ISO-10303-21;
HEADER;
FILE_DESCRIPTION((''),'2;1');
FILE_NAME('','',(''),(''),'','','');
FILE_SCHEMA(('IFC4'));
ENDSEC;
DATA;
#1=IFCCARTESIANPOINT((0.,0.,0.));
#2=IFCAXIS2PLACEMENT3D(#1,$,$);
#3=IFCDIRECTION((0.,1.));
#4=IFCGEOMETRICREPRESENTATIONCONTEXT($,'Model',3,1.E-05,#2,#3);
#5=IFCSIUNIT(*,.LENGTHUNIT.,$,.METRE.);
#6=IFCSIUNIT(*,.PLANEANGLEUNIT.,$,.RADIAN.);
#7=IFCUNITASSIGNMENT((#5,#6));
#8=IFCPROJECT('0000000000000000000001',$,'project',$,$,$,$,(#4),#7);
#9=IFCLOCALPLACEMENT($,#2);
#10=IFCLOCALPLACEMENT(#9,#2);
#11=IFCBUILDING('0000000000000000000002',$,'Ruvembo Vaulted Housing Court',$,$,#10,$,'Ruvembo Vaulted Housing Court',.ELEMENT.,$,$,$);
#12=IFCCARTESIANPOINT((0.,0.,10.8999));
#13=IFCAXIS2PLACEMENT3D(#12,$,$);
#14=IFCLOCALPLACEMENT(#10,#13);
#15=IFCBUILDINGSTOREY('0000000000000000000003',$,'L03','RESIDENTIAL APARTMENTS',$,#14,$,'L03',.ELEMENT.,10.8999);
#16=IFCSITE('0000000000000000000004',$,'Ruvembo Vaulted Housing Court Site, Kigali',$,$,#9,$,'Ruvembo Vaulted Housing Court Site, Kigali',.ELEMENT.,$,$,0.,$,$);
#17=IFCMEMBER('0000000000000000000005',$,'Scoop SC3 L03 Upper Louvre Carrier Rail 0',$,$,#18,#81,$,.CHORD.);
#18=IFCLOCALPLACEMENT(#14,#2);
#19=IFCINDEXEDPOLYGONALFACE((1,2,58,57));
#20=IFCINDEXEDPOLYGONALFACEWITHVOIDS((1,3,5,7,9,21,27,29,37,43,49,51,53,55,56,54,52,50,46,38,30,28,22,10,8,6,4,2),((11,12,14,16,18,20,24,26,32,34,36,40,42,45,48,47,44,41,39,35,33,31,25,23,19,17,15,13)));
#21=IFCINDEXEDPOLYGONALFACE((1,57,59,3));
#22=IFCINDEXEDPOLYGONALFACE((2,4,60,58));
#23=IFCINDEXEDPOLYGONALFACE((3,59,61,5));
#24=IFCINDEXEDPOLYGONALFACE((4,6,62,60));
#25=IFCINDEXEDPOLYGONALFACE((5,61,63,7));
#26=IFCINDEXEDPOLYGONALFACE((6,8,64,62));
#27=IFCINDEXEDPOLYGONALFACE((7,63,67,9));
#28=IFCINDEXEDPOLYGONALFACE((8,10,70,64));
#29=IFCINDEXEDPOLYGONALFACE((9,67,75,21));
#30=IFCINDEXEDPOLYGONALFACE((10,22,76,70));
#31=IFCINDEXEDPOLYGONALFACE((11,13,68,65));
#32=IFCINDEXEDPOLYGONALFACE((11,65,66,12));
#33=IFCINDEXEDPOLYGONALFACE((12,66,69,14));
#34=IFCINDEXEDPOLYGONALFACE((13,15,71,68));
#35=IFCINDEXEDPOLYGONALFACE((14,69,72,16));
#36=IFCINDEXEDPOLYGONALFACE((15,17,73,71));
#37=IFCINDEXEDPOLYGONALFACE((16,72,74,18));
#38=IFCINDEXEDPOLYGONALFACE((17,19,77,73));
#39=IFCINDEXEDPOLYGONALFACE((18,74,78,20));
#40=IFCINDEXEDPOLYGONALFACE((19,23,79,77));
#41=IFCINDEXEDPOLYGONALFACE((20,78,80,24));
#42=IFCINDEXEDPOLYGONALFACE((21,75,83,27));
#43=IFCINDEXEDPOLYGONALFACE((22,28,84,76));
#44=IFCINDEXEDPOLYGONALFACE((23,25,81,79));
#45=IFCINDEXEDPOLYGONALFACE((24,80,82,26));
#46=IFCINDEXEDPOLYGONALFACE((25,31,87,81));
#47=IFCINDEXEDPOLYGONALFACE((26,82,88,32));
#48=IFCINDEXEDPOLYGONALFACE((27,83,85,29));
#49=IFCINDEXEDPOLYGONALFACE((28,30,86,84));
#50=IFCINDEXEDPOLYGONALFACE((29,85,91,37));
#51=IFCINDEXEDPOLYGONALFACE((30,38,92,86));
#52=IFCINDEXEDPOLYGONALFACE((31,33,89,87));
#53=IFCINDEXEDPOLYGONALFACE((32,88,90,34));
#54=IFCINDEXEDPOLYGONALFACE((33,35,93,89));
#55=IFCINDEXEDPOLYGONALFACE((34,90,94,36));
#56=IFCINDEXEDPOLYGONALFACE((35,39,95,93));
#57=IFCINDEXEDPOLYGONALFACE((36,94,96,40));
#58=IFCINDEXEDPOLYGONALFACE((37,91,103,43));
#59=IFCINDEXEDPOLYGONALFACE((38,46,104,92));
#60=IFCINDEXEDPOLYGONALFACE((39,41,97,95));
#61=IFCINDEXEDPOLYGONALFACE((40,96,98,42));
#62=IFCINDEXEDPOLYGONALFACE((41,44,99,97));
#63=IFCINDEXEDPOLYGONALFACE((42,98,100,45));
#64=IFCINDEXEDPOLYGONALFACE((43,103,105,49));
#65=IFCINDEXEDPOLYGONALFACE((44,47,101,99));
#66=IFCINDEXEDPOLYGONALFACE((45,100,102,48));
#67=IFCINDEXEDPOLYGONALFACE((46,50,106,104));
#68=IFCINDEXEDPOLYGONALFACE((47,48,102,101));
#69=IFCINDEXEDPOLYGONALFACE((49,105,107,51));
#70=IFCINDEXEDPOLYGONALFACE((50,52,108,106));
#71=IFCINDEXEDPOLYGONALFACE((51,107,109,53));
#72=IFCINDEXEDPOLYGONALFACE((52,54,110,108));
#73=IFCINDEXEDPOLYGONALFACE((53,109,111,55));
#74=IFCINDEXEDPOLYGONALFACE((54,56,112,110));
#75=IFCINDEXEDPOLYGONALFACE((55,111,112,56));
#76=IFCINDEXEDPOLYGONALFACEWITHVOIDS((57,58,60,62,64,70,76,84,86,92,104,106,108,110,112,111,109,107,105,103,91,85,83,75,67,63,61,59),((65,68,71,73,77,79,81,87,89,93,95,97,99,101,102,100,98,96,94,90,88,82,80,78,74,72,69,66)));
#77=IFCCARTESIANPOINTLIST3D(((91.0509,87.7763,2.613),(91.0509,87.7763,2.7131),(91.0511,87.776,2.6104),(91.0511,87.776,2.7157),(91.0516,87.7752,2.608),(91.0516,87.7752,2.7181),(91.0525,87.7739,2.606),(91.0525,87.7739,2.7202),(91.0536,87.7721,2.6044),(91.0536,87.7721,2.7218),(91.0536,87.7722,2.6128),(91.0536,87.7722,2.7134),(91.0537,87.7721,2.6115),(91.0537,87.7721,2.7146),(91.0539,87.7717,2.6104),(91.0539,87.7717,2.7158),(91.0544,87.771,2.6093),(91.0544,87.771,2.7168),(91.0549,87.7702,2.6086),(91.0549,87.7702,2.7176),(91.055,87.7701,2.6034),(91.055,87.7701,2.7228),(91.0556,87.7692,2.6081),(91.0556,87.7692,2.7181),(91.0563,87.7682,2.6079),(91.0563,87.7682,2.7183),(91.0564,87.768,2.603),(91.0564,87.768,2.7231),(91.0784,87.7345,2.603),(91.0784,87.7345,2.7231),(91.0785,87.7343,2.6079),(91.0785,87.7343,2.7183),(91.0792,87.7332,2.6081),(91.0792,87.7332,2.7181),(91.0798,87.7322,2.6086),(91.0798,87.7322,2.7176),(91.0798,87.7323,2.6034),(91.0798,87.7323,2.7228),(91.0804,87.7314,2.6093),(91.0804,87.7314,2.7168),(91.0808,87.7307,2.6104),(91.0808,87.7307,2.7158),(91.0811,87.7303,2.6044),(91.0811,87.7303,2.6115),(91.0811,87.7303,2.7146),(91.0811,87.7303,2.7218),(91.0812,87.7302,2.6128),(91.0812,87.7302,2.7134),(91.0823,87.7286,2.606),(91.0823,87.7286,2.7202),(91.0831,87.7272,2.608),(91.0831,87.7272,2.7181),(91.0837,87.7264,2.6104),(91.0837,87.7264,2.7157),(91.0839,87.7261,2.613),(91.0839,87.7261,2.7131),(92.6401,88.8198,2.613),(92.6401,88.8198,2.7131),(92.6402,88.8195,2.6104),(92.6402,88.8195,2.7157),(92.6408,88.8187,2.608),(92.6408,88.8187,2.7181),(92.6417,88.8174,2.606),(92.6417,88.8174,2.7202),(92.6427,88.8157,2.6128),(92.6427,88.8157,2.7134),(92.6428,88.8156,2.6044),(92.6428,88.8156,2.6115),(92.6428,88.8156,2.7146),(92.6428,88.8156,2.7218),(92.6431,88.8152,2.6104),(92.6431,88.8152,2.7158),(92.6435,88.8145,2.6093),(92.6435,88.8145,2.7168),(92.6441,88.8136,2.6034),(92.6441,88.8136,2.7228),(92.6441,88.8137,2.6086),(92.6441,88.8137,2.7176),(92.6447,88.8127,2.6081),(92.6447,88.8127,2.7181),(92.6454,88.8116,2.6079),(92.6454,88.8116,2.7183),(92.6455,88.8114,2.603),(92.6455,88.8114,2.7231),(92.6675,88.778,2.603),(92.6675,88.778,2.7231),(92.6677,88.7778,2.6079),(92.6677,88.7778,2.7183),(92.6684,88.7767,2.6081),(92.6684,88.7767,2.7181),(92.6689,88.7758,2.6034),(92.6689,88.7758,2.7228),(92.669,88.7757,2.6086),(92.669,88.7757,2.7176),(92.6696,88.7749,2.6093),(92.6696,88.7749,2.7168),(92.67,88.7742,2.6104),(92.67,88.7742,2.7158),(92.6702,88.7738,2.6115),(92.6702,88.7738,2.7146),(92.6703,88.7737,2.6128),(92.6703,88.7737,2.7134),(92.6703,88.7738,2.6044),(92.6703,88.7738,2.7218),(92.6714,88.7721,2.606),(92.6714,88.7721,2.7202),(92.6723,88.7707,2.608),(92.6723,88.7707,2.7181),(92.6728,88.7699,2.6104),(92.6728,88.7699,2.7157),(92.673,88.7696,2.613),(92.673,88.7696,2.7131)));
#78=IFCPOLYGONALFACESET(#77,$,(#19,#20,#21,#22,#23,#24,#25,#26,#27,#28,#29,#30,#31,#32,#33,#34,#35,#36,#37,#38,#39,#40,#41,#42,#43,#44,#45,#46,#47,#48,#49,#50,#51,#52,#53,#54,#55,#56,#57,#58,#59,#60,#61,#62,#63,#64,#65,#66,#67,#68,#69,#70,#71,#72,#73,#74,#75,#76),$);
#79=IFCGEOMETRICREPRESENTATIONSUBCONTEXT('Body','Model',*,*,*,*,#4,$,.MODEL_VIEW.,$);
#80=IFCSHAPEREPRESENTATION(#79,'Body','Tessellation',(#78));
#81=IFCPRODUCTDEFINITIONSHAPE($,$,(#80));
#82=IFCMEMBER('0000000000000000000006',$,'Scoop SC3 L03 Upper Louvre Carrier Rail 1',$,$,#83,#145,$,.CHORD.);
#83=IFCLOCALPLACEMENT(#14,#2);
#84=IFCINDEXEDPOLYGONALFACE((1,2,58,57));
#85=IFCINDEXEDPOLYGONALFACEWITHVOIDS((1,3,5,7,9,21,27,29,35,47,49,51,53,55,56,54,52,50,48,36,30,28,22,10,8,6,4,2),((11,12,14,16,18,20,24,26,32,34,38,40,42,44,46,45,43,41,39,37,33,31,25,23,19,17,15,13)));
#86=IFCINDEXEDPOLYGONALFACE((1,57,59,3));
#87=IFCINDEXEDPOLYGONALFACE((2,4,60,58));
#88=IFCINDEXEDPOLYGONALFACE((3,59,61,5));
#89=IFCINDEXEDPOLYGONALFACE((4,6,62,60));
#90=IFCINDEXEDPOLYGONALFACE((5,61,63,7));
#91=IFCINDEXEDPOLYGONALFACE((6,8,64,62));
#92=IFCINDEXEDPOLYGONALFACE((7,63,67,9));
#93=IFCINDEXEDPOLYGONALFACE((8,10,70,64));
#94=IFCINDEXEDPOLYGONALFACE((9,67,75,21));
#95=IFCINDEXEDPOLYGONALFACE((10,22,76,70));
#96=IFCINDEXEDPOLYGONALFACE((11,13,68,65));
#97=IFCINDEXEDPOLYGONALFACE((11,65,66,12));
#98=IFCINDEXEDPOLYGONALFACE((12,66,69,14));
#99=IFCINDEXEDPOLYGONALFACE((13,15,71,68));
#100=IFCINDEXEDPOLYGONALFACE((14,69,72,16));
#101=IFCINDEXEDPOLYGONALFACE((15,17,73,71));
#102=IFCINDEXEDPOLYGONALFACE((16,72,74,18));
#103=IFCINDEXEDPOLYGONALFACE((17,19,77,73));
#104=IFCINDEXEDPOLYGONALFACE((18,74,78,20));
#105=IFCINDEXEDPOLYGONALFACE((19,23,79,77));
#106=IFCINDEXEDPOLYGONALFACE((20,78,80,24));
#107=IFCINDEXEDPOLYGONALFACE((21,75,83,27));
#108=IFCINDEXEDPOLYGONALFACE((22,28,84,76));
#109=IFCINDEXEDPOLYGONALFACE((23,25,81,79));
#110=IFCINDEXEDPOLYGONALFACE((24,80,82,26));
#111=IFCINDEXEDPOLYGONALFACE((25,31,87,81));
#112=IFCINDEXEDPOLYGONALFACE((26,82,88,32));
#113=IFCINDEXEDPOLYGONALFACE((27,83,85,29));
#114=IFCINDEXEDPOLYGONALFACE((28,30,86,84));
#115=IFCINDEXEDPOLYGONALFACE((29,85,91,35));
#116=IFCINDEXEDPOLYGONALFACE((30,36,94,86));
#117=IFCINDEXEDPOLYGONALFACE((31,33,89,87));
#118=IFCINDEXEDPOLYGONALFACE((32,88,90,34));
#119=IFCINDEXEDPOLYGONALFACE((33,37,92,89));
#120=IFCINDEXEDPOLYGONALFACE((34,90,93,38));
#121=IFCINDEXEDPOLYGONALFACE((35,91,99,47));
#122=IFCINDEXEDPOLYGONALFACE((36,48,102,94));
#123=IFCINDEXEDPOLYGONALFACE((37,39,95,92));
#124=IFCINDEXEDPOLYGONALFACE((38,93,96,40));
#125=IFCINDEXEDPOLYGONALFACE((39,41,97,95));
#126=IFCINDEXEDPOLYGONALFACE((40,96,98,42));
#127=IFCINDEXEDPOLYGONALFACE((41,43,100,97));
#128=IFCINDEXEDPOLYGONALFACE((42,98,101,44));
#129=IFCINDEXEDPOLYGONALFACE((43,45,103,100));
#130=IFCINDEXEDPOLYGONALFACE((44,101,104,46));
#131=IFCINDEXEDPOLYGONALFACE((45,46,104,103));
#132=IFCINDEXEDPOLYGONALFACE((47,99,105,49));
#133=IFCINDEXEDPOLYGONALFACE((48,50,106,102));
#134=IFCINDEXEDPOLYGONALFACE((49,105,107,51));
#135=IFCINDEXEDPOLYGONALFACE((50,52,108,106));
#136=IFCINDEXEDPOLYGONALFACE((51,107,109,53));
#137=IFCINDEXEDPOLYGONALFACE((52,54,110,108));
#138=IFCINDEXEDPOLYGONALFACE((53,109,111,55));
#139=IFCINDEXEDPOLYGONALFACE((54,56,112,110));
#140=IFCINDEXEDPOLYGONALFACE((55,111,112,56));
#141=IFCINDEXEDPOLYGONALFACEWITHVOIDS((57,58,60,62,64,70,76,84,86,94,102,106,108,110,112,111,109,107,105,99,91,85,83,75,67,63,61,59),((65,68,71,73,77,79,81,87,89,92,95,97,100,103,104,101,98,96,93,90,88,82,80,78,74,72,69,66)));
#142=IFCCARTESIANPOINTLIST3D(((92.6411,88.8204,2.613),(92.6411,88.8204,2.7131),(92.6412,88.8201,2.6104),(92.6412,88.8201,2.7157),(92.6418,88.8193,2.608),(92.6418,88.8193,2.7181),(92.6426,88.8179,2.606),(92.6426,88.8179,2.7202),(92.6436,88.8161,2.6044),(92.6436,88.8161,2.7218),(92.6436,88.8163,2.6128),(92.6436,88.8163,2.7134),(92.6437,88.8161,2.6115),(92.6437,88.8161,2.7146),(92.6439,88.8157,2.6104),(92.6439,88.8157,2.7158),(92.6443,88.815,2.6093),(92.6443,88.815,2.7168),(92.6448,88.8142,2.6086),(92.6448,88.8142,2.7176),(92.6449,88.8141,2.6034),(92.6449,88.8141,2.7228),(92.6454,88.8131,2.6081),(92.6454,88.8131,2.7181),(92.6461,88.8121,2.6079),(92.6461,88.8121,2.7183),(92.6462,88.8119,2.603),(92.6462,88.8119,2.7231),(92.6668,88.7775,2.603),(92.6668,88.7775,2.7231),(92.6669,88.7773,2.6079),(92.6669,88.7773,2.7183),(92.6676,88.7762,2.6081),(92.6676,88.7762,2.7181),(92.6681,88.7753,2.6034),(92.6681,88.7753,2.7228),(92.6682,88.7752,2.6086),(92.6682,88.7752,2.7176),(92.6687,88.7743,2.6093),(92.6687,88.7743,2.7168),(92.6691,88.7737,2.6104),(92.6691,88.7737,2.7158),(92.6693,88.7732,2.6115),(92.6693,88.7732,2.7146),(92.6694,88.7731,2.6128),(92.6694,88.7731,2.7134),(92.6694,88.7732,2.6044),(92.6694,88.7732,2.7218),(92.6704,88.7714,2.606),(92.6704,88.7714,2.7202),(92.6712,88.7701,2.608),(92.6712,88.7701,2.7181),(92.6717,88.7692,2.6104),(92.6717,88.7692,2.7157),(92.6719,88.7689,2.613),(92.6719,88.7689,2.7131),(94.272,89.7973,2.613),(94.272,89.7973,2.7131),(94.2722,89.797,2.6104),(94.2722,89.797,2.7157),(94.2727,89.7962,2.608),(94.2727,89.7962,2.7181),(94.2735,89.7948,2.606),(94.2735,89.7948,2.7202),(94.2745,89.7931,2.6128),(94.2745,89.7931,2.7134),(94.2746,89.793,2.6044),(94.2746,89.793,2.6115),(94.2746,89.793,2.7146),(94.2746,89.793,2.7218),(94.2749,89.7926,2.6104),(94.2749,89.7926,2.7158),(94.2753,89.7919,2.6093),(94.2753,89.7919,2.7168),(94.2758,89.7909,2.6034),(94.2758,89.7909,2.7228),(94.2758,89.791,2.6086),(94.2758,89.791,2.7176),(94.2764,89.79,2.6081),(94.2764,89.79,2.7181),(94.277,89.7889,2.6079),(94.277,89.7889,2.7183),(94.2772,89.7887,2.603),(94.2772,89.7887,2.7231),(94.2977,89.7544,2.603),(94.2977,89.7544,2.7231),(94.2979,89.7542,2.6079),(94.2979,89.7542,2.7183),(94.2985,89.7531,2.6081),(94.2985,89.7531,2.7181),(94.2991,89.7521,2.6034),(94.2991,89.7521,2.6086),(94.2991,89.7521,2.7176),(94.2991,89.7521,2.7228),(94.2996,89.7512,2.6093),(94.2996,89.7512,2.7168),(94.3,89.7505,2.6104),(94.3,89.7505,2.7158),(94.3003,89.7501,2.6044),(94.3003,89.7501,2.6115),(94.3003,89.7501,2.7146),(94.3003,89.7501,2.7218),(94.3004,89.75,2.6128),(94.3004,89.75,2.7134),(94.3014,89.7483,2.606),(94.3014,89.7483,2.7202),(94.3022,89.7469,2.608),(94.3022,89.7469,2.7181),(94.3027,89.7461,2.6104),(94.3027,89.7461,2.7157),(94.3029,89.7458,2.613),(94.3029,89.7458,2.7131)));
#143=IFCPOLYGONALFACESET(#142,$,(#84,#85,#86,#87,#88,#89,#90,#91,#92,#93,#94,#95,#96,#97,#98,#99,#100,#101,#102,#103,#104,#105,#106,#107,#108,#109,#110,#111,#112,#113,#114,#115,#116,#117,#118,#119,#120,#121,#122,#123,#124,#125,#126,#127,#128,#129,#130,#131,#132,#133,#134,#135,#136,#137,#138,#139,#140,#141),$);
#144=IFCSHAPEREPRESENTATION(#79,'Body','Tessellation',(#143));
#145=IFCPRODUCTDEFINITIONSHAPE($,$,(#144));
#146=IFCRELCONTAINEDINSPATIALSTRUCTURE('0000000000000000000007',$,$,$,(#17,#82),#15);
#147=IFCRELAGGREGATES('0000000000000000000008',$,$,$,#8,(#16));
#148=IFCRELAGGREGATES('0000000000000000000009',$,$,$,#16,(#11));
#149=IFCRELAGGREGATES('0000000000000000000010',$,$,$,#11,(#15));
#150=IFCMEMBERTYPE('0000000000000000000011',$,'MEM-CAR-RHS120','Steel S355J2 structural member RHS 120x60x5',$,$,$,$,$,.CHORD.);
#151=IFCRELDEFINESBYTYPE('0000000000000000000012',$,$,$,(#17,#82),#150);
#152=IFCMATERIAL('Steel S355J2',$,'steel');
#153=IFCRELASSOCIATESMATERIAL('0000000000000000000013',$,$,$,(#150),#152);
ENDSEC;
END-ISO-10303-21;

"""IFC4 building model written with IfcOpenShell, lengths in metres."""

from ifc_helpers import new_model, si_unit, direction, frame, origin, origin_2d, place, context, subcontext, project, spatial, hollow_rectangle, extrude, material, material_profile, profile_set, type_object, element, save


model = new_model("IFC4")

# Units and contexts
model_context = context("Model", 3, precision=1e-05, world=origin(), true_north=direction((0.0, 1.0)))
body_context = subcontext(model_context, "Body", "Model", "MODEL_VIEW")
ifc_project = project(units=[si_unit("LENGTHUNIT", "METRE"), si_unit("PLANEANGLEUNIT", "RADIAN")], contexts=[model_context])

# Site, building, storey
site_placement = place(None, origin())
site = spatial("IfcSite", under=ifc_project, at=site_placement, Name="Ruvembo Vaulted Housing Court Site, Kigali", LongName="Ruvembo Vaulted Housing Court Site, Kigali", CompositionType="ELEMENT", RefElevation=0.0)
building_placement = place(site_placement, origin())
building = spatial("IfcBuilding", under=site, at=building_placement, Name="Ruvembo Vaulted Housing Court", LongName="Ruvembo Vaulted Housing Court", CompositionType="ELEMENT")
storey_placement = place(building_placement, frame((0.0, 0.0, 10.8999)))
storey = spatial("IfcBuildingStorey", under=building, at=storey_placement, Name="L03", Description="RESIDENTIAL APARTMENTS", LongName="L03", CompositionType="ELEMENT", Elevation=10.8999)

# Shared definitions
ifc_material_1 = material(Name="Steel S355J2", Category="steel")

# Members
ifc_material_profile_1 = material_profile(ifc_material_1, hollow_rectangle(XDim=0.0601, YDim=0.1201, WallThickness=0.0049, InnerFilletRadius=0.0049, OuterFilletRadius=0.01, at=origin_2d()), Name="RHS 120x60x5")
ifc_profile_set_1 = profile_set([ifc_material_profile_1], Name="Steel S355J2")
member_type_1 = type_object("IfcMemberType", Name="MEM-CAR-RHS120", Description="Steel S355J2 structural member RHS 120x60x5", PredefinedType="CHORD", material=ifc_profile_set_1)
for number, where, z_axis, x_axis, name in (
    (1, (91.0674, 87.7512, 2.6631), (0.835902, 0.548878, 0.0), (-0.548878, 0.835902, 0.0), "Scoop SC3 L03 Upper Louvre Carrier Rail 0"),
    (2, (92.6565, 88.7947, 2.6631), (0.857889, 0.513835, 0.0), (-0.513835, 0.857889, 0.0), "Scoop SC3 L03 Upper Louvre Carrier Rail 1"),
):
    element("IfcMember", number, at=place(storey_placement, frame(where, z_axis=z_axis, x_axis=x_axis)), inside=storey, type_object=member_type_1, Name=name, PredefinedType="CHORD", context=body_context, shape_type="SweptSolid", body=[
        extrude(hollow_rectangle(XDim=0.0601, YDim=0.1201, WallThickness=0.0049, InnerFilletRadius=0.0049, OuterFilletRadius=0.01, at=origin_2d()), origin(), (0.0, 0.0, 1.0), 1.9011),
    ])

save(model, "model.ifc")
